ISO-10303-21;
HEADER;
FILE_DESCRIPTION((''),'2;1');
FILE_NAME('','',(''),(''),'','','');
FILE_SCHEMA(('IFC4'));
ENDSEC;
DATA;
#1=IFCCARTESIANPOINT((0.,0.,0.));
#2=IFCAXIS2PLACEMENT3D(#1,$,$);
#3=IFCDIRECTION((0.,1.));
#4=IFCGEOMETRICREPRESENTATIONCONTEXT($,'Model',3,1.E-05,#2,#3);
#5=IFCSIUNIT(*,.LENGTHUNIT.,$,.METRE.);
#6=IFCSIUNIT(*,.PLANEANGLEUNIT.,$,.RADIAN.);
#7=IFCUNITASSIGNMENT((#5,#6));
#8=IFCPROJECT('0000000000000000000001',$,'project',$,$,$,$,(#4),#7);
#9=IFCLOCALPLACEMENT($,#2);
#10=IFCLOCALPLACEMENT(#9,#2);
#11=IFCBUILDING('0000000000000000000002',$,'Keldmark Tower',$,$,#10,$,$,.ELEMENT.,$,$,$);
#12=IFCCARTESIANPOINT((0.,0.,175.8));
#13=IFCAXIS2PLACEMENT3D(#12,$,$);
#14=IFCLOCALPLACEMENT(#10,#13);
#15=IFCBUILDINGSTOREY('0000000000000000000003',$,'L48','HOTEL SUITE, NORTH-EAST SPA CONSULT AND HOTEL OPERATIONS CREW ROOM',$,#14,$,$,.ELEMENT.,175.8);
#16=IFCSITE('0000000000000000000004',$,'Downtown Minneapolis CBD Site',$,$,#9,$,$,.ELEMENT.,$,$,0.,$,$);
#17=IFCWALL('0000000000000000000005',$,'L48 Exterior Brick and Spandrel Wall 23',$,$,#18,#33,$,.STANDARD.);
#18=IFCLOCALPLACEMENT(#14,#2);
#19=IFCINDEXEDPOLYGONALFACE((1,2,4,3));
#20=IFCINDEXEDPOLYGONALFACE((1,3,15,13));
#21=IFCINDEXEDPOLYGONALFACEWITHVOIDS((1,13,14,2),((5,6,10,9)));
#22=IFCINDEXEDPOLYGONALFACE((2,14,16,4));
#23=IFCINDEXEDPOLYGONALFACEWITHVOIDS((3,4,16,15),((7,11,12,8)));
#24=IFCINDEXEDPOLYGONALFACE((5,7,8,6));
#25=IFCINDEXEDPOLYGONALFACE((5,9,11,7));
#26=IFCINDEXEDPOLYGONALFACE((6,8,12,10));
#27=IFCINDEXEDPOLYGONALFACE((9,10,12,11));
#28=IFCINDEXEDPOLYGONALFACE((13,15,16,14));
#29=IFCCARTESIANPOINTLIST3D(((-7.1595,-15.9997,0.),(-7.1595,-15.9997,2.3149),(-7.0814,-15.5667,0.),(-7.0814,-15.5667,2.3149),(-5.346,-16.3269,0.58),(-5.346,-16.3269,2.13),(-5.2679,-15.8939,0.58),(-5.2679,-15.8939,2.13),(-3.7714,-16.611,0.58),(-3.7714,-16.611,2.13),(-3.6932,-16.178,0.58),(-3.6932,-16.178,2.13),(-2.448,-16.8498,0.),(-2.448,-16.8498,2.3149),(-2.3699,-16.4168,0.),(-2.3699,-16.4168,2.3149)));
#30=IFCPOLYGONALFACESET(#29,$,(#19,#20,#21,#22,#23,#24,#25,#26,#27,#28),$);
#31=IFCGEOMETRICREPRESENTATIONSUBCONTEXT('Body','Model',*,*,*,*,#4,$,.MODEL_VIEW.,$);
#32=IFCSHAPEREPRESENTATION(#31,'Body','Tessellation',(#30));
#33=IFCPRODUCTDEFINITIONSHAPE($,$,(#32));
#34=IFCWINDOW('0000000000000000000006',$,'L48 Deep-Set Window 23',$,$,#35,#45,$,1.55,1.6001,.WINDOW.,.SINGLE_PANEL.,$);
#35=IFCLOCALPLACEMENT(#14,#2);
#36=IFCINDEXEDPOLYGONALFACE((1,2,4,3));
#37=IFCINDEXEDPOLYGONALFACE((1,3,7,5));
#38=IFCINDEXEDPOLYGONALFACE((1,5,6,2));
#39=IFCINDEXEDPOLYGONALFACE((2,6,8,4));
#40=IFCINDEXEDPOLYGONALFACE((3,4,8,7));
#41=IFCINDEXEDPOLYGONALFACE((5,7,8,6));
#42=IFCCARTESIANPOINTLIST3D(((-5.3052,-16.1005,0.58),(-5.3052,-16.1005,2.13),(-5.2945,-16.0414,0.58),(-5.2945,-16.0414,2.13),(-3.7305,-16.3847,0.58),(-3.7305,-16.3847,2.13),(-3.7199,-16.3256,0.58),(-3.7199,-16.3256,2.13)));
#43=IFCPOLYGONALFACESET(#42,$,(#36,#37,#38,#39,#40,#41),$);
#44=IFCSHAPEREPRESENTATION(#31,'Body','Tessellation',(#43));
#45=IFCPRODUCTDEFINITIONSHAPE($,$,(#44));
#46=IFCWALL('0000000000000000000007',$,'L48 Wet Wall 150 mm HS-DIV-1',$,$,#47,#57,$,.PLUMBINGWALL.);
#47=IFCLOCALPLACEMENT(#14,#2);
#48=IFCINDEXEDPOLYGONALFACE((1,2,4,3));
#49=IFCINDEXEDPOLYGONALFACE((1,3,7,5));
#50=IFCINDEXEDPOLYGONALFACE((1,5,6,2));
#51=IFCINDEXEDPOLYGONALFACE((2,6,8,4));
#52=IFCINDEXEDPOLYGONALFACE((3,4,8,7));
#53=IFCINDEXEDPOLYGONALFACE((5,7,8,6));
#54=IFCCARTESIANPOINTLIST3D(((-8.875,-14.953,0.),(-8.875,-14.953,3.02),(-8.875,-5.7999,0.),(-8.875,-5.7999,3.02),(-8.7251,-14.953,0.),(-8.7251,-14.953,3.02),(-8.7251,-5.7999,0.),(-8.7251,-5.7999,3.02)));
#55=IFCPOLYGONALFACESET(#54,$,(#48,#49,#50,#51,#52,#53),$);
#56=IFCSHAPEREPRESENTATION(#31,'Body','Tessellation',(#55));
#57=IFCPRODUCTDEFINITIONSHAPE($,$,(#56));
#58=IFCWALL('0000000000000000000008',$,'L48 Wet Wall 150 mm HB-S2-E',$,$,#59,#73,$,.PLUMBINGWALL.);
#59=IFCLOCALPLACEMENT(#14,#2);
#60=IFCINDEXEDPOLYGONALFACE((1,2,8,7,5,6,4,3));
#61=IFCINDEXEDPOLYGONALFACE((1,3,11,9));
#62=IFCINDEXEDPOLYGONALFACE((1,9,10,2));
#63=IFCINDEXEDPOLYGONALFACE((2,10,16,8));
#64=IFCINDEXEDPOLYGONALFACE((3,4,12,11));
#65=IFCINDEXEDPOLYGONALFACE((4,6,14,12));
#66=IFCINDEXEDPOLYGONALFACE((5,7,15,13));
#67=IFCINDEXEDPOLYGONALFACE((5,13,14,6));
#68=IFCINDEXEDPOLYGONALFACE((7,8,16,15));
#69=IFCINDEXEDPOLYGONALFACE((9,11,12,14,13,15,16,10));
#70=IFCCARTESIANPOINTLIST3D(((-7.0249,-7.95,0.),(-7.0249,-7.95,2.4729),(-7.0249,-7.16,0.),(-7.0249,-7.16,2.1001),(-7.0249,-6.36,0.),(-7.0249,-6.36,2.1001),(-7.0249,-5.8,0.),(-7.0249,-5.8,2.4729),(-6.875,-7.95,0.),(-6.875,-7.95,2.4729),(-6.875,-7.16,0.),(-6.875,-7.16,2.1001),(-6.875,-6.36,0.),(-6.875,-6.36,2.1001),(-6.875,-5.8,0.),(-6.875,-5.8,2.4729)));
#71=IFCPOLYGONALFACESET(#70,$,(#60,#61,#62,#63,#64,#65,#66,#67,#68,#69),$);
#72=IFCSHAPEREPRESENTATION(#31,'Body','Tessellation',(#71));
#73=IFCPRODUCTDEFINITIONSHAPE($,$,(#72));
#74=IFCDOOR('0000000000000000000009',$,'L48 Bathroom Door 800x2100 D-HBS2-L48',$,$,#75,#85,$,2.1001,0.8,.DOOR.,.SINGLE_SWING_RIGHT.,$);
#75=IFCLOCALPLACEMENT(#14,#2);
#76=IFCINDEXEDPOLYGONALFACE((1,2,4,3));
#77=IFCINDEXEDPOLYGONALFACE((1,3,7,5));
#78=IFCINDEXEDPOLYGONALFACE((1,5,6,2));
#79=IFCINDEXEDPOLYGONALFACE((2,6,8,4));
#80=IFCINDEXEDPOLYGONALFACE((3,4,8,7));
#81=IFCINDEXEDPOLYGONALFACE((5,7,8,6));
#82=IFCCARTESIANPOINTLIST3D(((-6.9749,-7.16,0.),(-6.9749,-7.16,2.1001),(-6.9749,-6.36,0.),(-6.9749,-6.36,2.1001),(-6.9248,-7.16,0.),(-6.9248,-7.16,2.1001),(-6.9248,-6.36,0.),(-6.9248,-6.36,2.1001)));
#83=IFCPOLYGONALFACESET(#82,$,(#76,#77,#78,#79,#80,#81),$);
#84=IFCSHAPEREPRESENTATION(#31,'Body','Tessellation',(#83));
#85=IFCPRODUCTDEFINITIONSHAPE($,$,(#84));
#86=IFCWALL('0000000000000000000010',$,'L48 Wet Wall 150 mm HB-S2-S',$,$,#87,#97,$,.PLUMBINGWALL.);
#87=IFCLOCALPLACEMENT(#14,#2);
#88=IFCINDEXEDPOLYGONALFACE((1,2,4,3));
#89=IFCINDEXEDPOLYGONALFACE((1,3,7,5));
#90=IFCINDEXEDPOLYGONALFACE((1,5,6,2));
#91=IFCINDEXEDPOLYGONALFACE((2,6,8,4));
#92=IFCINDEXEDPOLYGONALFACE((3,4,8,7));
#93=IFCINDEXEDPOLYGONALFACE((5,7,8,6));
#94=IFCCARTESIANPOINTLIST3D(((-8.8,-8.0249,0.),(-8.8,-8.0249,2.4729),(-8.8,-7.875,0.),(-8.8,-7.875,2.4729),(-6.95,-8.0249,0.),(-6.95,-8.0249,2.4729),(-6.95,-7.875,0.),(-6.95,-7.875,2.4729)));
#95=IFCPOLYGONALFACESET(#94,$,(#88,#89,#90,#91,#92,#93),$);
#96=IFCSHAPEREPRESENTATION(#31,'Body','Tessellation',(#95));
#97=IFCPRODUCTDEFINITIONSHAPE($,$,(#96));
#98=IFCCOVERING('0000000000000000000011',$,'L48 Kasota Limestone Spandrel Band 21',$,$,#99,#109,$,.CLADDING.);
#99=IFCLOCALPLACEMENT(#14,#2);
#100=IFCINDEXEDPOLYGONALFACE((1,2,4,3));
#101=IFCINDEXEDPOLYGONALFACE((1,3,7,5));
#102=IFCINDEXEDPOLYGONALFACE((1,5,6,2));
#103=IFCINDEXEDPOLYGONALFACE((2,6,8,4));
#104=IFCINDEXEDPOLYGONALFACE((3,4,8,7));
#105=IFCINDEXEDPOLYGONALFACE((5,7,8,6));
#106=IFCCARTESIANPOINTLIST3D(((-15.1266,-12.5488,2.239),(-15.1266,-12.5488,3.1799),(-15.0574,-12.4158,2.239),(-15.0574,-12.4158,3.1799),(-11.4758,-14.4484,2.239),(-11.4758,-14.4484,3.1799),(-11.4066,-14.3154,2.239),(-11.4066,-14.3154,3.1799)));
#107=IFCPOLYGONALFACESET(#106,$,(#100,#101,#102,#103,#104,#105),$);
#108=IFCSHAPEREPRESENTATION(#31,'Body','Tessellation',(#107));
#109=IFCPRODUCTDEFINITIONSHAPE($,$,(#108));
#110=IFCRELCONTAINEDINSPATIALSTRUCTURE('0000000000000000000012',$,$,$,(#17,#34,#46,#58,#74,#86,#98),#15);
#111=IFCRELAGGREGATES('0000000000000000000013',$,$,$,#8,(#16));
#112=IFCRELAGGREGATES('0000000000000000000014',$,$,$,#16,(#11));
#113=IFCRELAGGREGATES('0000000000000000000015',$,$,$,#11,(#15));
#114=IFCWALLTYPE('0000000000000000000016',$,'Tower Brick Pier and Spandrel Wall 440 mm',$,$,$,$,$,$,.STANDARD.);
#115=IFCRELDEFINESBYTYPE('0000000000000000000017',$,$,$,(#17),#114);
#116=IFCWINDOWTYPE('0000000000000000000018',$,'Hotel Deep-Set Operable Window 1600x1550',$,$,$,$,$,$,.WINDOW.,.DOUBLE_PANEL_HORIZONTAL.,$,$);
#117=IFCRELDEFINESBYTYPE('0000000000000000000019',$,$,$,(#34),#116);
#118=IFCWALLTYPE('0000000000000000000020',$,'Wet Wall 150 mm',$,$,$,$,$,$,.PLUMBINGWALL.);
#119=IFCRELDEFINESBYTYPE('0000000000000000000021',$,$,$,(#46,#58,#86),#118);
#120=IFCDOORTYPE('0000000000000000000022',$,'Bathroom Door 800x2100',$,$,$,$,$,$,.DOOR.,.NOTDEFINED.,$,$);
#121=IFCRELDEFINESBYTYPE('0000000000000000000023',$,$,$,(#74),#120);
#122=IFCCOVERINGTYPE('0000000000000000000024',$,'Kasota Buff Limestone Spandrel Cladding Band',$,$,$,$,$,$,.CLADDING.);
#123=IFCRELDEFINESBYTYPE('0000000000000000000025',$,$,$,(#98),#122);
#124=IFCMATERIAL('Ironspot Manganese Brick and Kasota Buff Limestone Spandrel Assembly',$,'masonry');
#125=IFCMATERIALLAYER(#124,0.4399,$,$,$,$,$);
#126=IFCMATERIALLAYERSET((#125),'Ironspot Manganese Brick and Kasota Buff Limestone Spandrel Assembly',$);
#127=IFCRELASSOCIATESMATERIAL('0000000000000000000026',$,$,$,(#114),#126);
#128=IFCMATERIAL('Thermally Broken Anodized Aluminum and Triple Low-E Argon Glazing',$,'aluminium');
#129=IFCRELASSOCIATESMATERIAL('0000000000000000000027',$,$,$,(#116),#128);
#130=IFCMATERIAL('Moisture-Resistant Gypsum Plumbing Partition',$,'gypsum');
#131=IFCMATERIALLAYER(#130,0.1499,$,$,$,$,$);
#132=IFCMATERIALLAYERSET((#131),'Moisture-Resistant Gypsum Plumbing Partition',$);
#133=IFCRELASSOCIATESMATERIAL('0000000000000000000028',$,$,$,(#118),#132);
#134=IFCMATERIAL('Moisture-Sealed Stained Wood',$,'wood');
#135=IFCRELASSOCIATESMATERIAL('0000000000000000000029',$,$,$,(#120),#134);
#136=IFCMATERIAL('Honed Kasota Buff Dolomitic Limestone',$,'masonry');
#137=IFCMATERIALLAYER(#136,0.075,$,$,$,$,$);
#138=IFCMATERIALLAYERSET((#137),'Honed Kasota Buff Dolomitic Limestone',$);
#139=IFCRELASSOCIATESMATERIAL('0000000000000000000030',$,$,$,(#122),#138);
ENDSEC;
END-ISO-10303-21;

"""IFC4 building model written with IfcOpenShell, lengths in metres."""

from ifc_helpers import new_model, si_unit, direction, frame, frame_2d, origin, origin_2d, place, context, subcontext, project, spatial, rectangle, extrude, material, layer, layer_set, type_object, element, fill, save


model = new_model("IFC4")

# Units and contexts
model_context = context("Model", 3, precision=1e-05, world=origin(), true_north=direction((0.0, 1.0)))
body_context = subcontext(model_context, "Body", "Model", "MODEL_VIEW")
ifc_project = project(units=[si_unit("LENGTHUNIT", "METRE"), si_unit("PLANEANGLEUNIT", "RADIAN")], contexts=[model_context])

# Site, building, storey
site_placement = place(None, origin())
site = spatial("IfcSite", under=ifc_project, at=site_placement, Name="Downtown Minneapolis CBD Site", CompositionType="ELEMENT", RefElevation=0.0)
building_placement = place(site_placement, origin())
building = spatial("IfcBuilding", under=site, at=building_placement, Name="Keldmark Tower", CompositionType="ELEMENT")
storey_placement = place(building_placement, frame((0.0, 0.0, 175.8)))
storey = spatial("IfcBuildingStorey", under=building, at=storey_placement, Name="L48", Description="HOTEL SUITE, NORTH-EAST SPA CONSULT AND HOTEL OPERATIONS CREW ROOM", CompositionType="ELEMENT", Elevation=175.8)

# Wall, opening, window
ifc_material_1 = material(Name="Ironspot Manganese Brick and Kasota Buff Limestone Spandrel Assembly", Category="masonry")
ifc_layer_1 = layer(ifc_material_1, 0.4399)
ifc_layer_set_1 = layer_set([ifc_layer_1], Name="Ironspot Manganese Brick and Kasota Buff Limestone Spandrel Assembly")
wall_type_1 = type_object("IfcWallType", Name="Tower Brick Pier and Spandrel Wall 440 mm", PredefinedType="STANDARD", material=ifc_layer_set_1)
ifc_material_2 = material(Name="Thermally Broken Anodized Aluminum and Triple Low-E Argon Glazing", Category="aluminium")
window_type = type_object("IfcWindowType", Name="Hotel Deep-Set Operable Window 1600x1550", PartitioningType="DOUBLE_PANEL_HORIZONTAL", PredefinedType="WINDOW", material=ifc_material_2)
wall_1_placement = place(storey_placement, frame((-2.4089, -16.6333, 0.0), z_axis=(0.0, 0.0, 1.0), x_axis=(-0.984109, 0.177566, 0.0)))
wall_1 = element("IfcWall", 1, at=wall_1_placement, inside=storey, type_object=wall_type_1, Name="L48 Exterior Brick and Spandrel Wall 23", PredefinedType="STANDARD", context=body_context, shape_type="SweptSolid", body=[
    extrude(rectangle(XDim=4.7876, YDim=0.4399, at=frame_2d((2.3938, 0.0))), origin(), (0.0, 0.0, 1.0), 2.3149),
])
opening_1_placement = place(wall_1_placement, frame((1.3447, 0.0, 0.5801)))
opening_1 = element("IfcOpeningElement", 2, at=opening_1_placement, cuts=wall_1, PredefinedType="OPENING", context=body_context, shape_type="SweptSolid", body=[
    extrude(rectangle(XDim=1.6001, YDim=1.55, at=frame_2d((0.8, 0.7749))), frame((0.0, 0.23, 0.0), z_axis=(0.0, -1.0, 0.0), x_axis=(1.0, 0.0, 0.0)), (0.0, 0.0, 1.0), 0.46),
])
window_1_placement = place(opening_1_placement, origin())
window_1 = element("IfcWindow", 3, at=window_1_placement, inside=storey, type_object=window_type, Name="L48 Deep-Set Window 23", OverallHeight=1.55, OverallWidth=1.6001, PartitioningType="SINGLE_PANEL", PredefinedType="WINDOW", context=body_context, shape_type="SweptSolid", body=[
    extrude(rectangle(XDim=1.6001, YDim=1.55, at=frame_2d((0.8, 0.7749))), frame((0.0, -0.01, 0.0), z_axis=(0.0, -1.0, 0.0), x_axis=(1.0, 0.0, 0.0)), (0.0, 0.0, 1.0), 0.0601),
])
fill(opening_1, window_1)

# Wall
ifc_material_3 = material(Name="Moisture-Resistant Gypsum Plumbing Partition", Category="gypsum")
ifc_layer_2 = layer(ifc_material_3, 0.1499)
ifc_layer_set_2 = layer_set([ifc_layer_2], Name="Moisture-Resistant Gypsum Plumbing Partition")
wall_type_2 = type_object("IfcWallType", Name="Wet Wall 150 mm", PredefinedType="PLUMBINGWALL", material=ifc_layer_set_2)
wall_2_placement = place(storey_placement, frame((-8.8, -14.9531, 0.0), z_axis=(0.0, 0.0, 1.0), x_axis=(0.0, 1.0, 0.0)))
element("IfcWall", 4, at=wall_2_placement, inside=storey, type_object=wall_type_2, Name="L48 Wet Wall 150 mm HS-DIV-1", PredefinedType="PLUMBINGWALL", context=body_context, shape_type="SweptSolid", body=[
    extrude(rectangle(XDim=9.1531, YDim=0.1499, at=frame_2d((4.5767, 0.0))), origin(), (0.0, 0.0, 1.0), 3.02),
])

# Wall, opening, door
wall_3_placement = place(storey_placement, frame((-6.95, -7.95, 0.0), z_axis=(0.0, 0.0, 1.0), x_axis=(0.0, 1.0, 0.0)))
wall_3 = element("IfcWall", 5, at=wall_3_placement, inside=storey, type_object=wall_type_2, Name="L48 Wet Wall 150 mm HB-S2-E", PredefinedType="PLUMBINGWALL", context=body_context, shape_type="SweptSolid", body=[
    extrude(rectangle(XDim=2.1499, YDim=0.1499, at=frame_2d((1.075, 0.0))), origin(), (0.0, 0.0, 1.0), 2.4729),
])
opening_2_placement = place(wall_3_placement, frame((0.79, 0.0, 0.0)))
opening_2 = element("IfcOpeningElement", 6, at=opening_2_placement, cuts=wall_3, PredefinedType="OPENING", context=body_context, shape_type="SweptSolid", body=[
    extrude(rectangle(XDim=0.8, YDim=2.1001, at=frame_2d((0.3999, 1.05))), frame((0.0, 0.085, 0.0), z_axis=(0.0, -1.0, 0.0), x_axis=(1.0, 0.0, 0.0)), (0.0, 0.0, 1.0), 0.1699),
])
ifc_material_4 = material(Name="Moisture-Sealed Stained Wood", Category="wood")
door_type = type_object("IfcDoorType", Name="Bathroom Door 800x2100", OperationType="NOTDEFINED", PredefinedType="DOOR", material=ifc_material_4)
door_placement = place(opening_2_placement, origin())
door = element("IfcDoor", 7, at=door_placement, inside=storey, type_object=door_type, Name="L48 Bathroom Door 800x2100 D-HBS2-L48", OperationType="SINGLE_SWING_RIGHT", OverallHeight=2.1001, OverallWidth=0.8, PredefinedType="DOOR", context=body_context, shape_type="SweptSolid", body=[
    extrude(rectangle(XDim=0.8, YDim=2.1001, at=frame_2d((0.3999, 1.05))), frame((0.0, 0.0249, 0.0), z_axis=(0.0, -1.0, 0.0), x_axis=(1.0, 0.0, 0.0)), (0.0, 0.0, 1.0), 0.05),
])
fill(opening_2, door)

# Wall
wall_4_placement = place(storey_placement, frame((-8.8, -7.95, 0.0), z_axis=(0.0, 0.0, 1.0), x_axis=(1.0, 0.0, 0.0)))
element("IfcWall", 8, at=wall_4_placement, inside=storey, type_object=wall_type_2, Name="L48 Wet Wall 150 mm HB-S2-S", PredefinedType="PLUMBINGWALL", context=body_context, shape_type="SweptSolid", body=[
    extrude(rectangle(XDim=1.8501, YDim=0.1499, at=frame_2d((0.925, 0.0))), origin(), (0.0, 0.0, 1.0), 2.4729),
])

# Covering
ifc_material_5 = material(Name="Honed Kasota Buff Dolomitic Limestone", Category="masonry")
ifc_layer_3 = layer(ifc_material_5, 0.075)
ifc_layer_set_3 = layer_set([ifc_layer_3], Name="Honed Kasota Buff Dolomitic Limestone")
covering_type = type_object("IfcCoveringType", Name="Kasota Buff Limestone Spandrel Cladding Band", PredefinedType="CLADDING", material=ifc_layer_set_3)
covering_placement = place(storey_placement, frame((-13.2666, -13.4321, 2.239), z_axis=(0.0, 0.0, 1.0), x_axis=(0.887099, -0.461578, 0.0)))
element("IfcCovering", 9, at=covering_placement, inside=storey, type_object=covering_type, Name="L48 Kasota Limestone Spandrel Band 21", PredefinedType="CLADDING", context=body_context, shape_type="SweptSolid", body=[
    extrude(rectangle(XDim=4.1155, YDim=0.1499, at=origin_2d()), origin(), (0.0, 0.0, 1.0), 0.9409),
])

save(model, "model.ifc")
